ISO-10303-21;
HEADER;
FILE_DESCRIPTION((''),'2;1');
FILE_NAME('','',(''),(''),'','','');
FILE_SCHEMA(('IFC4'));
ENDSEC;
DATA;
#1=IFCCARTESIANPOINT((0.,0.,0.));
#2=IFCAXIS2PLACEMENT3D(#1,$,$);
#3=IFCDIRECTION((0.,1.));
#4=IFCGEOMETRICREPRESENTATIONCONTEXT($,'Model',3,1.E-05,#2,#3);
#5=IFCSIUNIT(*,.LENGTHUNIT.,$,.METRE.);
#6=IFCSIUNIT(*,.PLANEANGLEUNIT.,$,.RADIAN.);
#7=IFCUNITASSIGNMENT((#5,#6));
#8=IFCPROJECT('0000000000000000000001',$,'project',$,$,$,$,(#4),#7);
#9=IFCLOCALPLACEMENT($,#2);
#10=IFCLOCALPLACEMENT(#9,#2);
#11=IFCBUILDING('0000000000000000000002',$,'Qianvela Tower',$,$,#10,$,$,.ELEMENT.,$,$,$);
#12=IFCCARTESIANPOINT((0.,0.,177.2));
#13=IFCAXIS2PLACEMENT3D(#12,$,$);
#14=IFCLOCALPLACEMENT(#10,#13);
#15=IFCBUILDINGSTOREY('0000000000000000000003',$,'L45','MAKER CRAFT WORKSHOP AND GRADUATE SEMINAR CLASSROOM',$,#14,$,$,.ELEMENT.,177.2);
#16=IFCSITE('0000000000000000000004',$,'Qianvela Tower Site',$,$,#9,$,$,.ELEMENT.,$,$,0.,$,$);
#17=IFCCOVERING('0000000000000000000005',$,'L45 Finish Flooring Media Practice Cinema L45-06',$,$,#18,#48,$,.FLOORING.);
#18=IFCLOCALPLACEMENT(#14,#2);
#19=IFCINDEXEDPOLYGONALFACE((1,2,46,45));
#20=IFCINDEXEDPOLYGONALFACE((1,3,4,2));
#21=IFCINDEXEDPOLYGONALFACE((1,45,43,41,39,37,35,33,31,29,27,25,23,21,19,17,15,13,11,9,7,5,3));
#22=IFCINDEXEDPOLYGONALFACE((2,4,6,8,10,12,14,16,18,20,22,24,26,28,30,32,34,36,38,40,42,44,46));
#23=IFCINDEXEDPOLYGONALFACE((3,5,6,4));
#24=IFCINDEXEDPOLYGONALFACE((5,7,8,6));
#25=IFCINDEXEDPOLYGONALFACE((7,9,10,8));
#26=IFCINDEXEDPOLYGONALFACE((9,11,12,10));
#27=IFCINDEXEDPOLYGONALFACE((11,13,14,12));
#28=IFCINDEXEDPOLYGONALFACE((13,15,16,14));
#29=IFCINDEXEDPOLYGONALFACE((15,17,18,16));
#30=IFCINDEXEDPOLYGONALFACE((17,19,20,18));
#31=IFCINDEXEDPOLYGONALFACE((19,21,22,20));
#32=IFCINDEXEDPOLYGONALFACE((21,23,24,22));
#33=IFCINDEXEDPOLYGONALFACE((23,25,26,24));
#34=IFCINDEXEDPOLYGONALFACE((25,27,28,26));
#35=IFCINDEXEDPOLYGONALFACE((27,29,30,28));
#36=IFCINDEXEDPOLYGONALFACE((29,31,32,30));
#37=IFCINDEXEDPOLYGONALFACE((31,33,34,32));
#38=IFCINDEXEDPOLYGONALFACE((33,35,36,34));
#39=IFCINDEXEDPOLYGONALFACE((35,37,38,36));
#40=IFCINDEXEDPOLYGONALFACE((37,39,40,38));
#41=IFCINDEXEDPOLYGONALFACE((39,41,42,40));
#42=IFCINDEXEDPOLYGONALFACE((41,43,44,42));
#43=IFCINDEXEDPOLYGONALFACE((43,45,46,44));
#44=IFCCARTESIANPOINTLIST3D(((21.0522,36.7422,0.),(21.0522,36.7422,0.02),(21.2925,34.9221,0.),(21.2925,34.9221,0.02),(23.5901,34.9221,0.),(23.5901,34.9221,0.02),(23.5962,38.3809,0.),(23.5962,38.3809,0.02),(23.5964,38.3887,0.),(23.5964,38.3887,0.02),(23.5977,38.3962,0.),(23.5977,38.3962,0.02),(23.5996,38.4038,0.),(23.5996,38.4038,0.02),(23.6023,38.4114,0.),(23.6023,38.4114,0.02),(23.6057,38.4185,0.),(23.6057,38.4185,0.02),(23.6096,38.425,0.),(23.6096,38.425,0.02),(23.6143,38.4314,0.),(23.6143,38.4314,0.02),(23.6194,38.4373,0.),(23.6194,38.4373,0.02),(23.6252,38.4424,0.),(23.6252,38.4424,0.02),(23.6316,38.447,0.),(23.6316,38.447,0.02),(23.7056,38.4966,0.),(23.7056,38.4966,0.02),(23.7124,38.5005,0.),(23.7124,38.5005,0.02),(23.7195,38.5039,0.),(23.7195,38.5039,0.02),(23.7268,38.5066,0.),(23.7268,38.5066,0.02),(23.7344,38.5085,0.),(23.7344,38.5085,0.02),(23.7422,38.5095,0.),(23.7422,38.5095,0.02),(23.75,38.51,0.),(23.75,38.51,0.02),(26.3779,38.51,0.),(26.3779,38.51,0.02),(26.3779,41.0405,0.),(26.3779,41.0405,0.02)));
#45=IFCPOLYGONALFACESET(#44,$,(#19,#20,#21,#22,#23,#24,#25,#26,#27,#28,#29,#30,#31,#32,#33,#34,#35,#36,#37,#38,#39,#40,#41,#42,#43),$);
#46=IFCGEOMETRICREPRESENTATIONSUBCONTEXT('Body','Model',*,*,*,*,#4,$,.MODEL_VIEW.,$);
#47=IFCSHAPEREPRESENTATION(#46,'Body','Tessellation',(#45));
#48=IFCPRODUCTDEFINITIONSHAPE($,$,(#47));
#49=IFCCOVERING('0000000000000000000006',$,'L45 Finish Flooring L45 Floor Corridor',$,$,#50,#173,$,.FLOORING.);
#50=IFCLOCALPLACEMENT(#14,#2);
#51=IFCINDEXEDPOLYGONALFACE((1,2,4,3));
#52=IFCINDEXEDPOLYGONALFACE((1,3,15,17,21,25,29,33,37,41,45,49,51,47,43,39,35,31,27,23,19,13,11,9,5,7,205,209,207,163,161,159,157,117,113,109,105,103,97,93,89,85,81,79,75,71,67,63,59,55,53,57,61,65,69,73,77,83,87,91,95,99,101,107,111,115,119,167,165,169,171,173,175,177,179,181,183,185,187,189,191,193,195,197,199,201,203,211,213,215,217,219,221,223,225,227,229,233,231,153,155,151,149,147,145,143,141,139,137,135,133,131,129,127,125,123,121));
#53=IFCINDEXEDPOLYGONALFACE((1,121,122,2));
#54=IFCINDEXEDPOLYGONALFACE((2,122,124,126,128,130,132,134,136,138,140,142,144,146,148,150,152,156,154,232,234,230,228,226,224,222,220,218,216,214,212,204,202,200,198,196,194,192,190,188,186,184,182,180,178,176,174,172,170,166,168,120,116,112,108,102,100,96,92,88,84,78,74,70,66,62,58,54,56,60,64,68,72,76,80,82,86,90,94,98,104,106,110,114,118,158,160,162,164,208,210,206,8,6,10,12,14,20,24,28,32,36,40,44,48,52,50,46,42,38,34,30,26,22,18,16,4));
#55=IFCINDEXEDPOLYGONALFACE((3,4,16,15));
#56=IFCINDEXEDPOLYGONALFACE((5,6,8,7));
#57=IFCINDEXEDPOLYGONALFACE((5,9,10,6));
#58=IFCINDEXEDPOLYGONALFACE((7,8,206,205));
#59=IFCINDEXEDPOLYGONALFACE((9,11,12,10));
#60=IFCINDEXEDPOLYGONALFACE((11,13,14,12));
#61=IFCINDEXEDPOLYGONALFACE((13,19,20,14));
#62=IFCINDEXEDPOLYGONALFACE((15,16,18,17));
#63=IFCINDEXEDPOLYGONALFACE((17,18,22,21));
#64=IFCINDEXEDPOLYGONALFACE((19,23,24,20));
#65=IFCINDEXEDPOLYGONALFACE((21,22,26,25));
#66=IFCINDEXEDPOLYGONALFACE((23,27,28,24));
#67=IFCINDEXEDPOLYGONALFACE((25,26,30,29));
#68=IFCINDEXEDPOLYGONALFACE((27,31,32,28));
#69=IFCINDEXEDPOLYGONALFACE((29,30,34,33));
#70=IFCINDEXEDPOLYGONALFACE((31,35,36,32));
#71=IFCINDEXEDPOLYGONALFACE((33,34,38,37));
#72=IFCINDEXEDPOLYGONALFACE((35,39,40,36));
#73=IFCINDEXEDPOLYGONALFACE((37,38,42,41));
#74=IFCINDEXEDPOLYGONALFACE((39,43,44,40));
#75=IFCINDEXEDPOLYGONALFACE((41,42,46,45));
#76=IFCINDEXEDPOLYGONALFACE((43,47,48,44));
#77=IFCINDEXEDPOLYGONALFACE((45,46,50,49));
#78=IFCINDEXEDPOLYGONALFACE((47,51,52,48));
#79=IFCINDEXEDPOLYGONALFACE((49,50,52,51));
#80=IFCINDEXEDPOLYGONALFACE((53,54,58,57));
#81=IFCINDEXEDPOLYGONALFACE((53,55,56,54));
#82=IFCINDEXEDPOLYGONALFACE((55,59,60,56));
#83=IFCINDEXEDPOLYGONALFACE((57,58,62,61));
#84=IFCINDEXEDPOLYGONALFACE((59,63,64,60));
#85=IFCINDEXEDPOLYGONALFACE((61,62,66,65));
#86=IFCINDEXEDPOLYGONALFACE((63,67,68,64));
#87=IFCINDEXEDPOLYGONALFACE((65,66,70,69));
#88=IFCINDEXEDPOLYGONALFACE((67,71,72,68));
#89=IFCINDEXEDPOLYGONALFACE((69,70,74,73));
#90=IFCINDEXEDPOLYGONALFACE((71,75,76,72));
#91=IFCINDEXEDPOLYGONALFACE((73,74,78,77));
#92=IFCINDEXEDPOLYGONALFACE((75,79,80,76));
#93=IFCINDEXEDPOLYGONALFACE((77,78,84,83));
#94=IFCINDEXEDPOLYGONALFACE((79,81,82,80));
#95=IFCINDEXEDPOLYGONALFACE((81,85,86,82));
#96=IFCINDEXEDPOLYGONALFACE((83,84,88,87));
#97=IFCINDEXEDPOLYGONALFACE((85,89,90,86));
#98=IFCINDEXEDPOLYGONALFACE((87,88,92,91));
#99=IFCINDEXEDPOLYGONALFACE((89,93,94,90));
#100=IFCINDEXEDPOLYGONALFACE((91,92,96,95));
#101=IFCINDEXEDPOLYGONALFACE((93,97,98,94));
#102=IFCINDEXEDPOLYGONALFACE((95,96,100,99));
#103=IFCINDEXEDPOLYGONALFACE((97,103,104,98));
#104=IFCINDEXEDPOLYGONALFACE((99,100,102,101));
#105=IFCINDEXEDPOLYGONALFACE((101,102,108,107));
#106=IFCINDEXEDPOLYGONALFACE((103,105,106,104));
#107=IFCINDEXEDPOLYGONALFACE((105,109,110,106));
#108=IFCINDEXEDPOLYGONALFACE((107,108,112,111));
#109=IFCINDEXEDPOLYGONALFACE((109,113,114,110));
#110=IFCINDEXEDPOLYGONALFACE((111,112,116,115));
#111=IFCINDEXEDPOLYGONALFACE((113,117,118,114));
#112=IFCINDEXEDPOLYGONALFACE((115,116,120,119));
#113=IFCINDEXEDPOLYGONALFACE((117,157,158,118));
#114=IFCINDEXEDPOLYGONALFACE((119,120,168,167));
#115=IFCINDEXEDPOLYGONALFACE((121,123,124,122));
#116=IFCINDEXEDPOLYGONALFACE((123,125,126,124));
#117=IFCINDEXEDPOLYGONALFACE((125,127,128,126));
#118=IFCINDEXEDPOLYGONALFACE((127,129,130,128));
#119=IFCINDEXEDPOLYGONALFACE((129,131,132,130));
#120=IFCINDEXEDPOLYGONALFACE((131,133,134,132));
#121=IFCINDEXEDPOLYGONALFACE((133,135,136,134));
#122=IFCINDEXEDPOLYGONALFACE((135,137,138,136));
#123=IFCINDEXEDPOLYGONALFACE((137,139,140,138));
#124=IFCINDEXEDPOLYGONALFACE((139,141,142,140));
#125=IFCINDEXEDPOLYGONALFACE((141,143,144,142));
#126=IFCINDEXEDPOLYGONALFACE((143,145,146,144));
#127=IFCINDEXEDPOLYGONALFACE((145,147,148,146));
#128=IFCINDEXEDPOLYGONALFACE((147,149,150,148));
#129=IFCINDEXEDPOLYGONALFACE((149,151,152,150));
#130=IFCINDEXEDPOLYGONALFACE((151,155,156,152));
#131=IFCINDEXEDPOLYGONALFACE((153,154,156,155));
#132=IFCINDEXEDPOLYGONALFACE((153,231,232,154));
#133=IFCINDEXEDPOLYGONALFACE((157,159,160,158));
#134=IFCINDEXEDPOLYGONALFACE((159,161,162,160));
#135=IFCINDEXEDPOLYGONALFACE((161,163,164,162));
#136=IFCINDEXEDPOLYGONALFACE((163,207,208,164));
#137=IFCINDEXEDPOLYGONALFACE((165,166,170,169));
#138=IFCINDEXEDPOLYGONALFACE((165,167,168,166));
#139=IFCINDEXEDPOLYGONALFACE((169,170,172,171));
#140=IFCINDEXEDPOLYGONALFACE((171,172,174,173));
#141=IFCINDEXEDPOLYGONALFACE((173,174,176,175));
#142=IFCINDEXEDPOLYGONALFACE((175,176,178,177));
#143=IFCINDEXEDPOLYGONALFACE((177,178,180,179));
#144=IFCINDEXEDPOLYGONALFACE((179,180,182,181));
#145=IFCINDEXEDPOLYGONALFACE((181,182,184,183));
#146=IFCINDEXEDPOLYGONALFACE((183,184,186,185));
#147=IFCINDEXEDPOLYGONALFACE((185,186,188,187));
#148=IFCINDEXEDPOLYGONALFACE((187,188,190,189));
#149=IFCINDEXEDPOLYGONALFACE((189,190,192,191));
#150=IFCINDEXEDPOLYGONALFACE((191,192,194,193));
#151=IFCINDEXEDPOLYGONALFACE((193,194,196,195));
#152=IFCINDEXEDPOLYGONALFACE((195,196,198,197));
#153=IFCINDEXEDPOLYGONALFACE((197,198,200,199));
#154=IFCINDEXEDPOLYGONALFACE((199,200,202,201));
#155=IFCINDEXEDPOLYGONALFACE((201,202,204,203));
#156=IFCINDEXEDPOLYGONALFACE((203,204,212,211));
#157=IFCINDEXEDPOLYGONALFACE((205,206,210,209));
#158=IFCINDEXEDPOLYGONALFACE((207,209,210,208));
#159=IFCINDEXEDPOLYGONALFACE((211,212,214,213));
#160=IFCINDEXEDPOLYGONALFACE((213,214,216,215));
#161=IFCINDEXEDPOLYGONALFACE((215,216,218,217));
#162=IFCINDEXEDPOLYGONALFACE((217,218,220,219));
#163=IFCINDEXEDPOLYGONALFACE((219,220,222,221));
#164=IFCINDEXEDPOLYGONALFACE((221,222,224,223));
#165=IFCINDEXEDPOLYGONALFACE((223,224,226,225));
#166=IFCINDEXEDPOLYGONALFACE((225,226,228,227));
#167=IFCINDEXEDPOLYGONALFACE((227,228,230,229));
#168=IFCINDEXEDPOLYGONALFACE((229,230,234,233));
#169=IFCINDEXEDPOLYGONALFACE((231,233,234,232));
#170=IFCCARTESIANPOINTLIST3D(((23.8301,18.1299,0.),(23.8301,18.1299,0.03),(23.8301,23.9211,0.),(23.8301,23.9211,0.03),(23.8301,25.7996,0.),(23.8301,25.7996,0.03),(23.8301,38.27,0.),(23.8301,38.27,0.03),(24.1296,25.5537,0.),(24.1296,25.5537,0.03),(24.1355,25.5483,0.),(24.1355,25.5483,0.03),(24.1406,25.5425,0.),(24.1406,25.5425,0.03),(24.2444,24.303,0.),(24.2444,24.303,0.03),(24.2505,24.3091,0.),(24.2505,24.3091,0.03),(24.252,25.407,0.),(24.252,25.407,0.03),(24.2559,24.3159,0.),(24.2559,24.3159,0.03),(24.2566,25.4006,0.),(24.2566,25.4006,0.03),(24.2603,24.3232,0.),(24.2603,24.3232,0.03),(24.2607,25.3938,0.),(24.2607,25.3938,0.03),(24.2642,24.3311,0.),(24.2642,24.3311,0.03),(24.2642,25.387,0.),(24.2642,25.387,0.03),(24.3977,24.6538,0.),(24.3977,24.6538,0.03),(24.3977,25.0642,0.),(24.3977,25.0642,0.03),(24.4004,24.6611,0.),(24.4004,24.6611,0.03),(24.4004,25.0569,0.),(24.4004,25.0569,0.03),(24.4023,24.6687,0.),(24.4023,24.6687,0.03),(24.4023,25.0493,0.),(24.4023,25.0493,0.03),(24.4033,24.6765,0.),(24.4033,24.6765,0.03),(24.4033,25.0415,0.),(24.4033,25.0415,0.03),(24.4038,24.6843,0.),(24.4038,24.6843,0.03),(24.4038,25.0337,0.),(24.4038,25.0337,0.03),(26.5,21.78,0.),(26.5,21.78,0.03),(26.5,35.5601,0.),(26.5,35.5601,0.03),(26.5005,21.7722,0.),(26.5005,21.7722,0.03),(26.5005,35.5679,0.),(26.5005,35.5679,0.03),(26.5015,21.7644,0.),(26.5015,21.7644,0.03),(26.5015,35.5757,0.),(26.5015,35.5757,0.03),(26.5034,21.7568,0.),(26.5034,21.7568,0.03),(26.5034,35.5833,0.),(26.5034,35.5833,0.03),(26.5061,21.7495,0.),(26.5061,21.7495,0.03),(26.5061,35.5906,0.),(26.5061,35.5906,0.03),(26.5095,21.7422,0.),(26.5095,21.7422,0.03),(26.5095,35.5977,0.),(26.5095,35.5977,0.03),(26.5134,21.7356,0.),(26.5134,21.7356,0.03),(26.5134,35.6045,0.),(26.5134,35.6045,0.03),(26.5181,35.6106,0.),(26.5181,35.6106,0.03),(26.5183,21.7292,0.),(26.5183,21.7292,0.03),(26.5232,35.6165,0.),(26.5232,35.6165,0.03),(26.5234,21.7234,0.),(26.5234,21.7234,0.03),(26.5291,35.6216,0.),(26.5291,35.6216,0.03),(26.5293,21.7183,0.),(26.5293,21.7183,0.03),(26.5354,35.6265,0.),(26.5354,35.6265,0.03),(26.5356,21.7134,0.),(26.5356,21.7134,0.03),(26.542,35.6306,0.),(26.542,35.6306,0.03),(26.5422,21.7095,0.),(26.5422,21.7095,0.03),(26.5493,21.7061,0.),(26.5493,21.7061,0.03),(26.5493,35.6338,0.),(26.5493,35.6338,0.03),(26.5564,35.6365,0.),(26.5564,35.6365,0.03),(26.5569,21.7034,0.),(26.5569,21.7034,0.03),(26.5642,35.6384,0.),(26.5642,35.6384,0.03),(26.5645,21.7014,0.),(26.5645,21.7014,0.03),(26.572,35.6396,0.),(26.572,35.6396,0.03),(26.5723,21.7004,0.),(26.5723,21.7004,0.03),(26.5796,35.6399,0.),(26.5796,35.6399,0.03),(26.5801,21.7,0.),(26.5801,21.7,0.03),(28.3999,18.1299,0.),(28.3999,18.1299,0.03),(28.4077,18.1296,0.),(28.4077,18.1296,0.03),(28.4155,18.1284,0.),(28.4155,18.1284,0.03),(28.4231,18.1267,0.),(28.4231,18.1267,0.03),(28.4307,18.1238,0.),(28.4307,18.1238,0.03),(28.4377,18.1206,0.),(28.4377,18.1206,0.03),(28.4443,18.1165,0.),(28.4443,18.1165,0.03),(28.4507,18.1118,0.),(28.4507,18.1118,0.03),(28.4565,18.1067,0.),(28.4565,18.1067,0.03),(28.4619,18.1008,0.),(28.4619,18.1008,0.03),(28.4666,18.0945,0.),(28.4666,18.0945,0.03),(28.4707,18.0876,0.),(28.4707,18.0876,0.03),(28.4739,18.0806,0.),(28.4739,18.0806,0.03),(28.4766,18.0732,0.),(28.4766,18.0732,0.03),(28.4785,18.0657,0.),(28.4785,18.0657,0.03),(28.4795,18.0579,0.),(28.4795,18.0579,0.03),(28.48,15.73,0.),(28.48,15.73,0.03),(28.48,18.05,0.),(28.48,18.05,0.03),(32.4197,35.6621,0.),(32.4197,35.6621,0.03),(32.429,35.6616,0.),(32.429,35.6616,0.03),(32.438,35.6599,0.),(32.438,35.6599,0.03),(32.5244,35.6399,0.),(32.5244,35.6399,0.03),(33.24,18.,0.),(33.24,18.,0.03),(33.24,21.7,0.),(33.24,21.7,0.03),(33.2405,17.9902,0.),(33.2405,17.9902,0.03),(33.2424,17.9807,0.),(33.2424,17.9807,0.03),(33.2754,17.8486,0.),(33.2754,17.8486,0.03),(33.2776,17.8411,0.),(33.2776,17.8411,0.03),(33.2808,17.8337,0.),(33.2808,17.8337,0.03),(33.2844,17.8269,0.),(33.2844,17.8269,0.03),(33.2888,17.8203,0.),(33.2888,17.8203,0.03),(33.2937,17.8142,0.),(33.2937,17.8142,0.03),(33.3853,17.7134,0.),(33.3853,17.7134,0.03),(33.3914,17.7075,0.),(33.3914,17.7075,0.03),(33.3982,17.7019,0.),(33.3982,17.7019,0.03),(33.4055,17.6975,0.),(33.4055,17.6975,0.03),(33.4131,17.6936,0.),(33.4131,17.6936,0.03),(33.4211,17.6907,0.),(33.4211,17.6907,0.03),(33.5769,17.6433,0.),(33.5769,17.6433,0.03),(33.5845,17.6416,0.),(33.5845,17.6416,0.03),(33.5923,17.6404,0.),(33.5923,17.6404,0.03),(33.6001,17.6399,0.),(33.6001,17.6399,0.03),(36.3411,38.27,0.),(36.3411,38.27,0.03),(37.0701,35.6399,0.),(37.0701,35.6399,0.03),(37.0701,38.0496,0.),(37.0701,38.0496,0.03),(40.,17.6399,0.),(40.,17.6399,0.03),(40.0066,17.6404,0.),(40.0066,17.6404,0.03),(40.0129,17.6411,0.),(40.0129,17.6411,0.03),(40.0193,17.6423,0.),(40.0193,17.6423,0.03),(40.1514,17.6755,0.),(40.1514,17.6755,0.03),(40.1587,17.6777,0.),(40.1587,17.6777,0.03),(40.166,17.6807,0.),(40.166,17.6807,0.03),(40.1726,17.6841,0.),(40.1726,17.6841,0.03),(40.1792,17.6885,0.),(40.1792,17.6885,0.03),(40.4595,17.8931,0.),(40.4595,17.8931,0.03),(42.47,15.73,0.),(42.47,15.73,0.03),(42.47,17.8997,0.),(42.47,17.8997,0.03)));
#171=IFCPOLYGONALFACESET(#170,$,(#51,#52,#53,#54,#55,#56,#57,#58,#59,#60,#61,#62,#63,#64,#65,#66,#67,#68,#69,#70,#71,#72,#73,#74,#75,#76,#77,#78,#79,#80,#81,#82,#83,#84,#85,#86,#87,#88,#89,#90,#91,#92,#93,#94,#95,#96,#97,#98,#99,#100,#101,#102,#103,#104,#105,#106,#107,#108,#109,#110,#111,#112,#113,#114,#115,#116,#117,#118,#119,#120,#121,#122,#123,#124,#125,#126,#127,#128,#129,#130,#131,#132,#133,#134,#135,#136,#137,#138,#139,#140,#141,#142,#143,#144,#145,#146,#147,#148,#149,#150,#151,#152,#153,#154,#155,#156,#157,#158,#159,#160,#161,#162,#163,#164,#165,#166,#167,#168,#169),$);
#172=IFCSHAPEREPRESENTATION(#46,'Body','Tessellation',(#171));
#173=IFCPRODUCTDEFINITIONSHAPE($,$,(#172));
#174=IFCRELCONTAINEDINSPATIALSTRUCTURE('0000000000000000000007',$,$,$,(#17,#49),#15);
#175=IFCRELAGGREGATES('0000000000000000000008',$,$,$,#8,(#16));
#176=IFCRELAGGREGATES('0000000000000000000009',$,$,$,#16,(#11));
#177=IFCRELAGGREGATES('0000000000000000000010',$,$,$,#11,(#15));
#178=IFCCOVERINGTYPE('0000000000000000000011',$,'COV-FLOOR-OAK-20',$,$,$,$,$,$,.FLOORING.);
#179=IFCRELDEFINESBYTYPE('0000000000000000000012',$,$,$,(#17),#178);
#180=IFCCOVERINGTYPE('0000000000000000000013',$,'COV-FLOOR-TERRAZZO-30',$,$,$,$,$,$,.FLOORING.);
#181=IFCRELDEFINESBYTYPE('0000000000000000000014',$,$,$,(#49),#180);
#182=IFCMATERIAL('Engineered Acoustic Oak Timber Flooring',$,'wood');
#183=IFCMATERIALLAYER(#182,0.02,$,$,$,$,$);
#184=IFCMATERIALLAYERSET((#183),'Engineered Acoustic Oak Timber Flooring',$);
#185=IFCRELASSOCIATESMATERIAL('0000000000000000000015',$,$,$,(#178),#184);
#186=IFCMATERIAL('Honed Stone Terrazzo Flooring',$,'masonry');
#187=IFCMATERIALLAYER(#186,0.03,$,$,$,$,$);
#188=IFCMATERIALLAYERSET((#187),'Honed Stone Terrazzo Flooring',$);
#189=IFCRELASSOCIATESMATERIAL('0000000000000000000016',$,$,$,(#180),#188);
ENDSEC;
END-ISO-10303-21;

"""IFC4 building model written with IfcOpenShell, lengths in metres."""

from ifc_helpers import new_model, si_unit, direction, frame, origin, place, context, subcontext, project, spatial, polyline, outline, extrude, material, layer, layer_set, type_object, element, save


model = new_model("IFC4")

# Units and contexts
model_context = context("Model", 3, precision=1e-05, world=origin(), true_north=direction((0.0, 1.0)))
body_context = subcontext(model_context, "Body", "Model", "MODEL_VIEW")
ifc_project = project(units=[si_unit("LENGTHUNIT", "METRE"), si_unit("PLANEANGLEUNIT", "RADIAN")], contexts=[model_context])

# Site, building, storey
site_placement = place(None, origin())
site = spatial("IfcSite", under=ifc_project, at=site_placement, Name="Qianvela Tower Site", CompositionType="ELEMENT", RefElevation=0.0)
building_placement = place(site_placement, origin())
building = spatial("IfcBuilding", under=site, at=building_placement, Name="Qianvela Tower", CompositionType="ELEMENT")
storey_placement = place(building_placement, frame((0.0, 0.0, 177.2)))
storey = spatial("IfcBuildingStorey", under=building, at=storey_placement, Name="L45", Description="MAKER CRAFT WORKSHOP AND GRADUATE SEMINAR CLASSROOM", CompositionType="ELEMENT", Elevation=177.2)

# Coverings
ifc_material_1 = material(Name="Engineered Acoustic Oak Timber Flooring", Category="wood")
ifc_layer_1 = layer(ifc_material_1, 0.02)
ifc_layer_set_1 = layer_set([ifc_layer_1], Name="Engineered Acoustic Oak Timber Flooring")
covering_type_1 = type_object("IfcCoveringType", Name="COV-FLOOR-OAK-20", PredefinedType="FLOORING", material=ifc_layer_set_1)
covering_1_placement = place(storey_placement, origin())
element("IfcCovering", 1, at=covering_1_placement, inside=storey, type_object=covering_type_1, Name="L45 Finish Flooring Media Practice Cinema L45-06", PredefinedType="FLOORING", context=body_context, shape_type="SweptSolid", body=[
    extrude(outline(polyline([(26.3779, 41.0405), (26.3779, 38.51), (23.75, 38.51), (23.7422, 38.5095), (23.7344, 38.5085), (23.7268, 38.5066), (23.7195, 38.5039), (23.7124, 38.5005), (23.7056, 38.4966), (23.6316, 38.447), (23.6252, 38.4424), (23.6194, 38.4373), (23.6143, 38.4314), (23.6096, 38.425), (23.6057, 38.4185), (23.6023, 38.4114), (23.5996, 38.4038), (23.5977, 38.3962), (23.5964, 38.3887), (23.5962, 38.3809), (23.5901, 34.9221), (21.2925, 34.9221), (21.0522, 36.7422), (26.3779, 41.0405)])), origin(), (0.0, 0.0, 1.0), 0.02),
])
ifc_material_2 = material(Name="Honed Stone Terrazzo Flooring", Category="masonry")
ifc_layer_2 = layer(ifc_material_2, 0.03)
ifc_layer_set_2 = layer_set([ifc_layer_2], Name="Honed Stone Terrazzo Flooring")
covering_type_2 = type_object("IfcCoveringType", Name="COV-FLOOR-TERRAZZO-30", PredefinedType="FLOORING", material=ifc_layer_set_2)
covering_2_placement = place(storey_placement, origin())
element("IfcCovering", 2, at=covering_2_placement, inside=storey, type_object=covering_type_2, Name="L45 Finish Flooring L45 Floor Corridor", PredefinedType="FLOORING", context=body_context, shape_type="SweptSolid", body=[
    extrude(outline(polyline([(24.4038, 25.0337), (24.4033, 25.0415), (24.4023, 25.0493), (24.4004, 25.0569), (24.3977, 25.0642), (24.2642, 25.387), (24.2607, 25.3938), (24.2566, 25.4006), (24.252, 25.407), (24.1406, 25.5425), (24.1355, 25.5483), (24.1296, 25.5537), (23.8301, 25.7996), (23.8301, 38.27), (36.3411, 38.27), (37.0701, 38.0496), (37.0701, 35.6399), (32.5244, 35.6399), (32.438, 35.6599), (32.429, 35.6616), (32.4197, 35.6621), (26.5796, 35.6399), (26.572, 35.6396), (26.5642, 35.6384), (26.5564, 35.6365), (26.5493, 35.6338), (26.542, 35.6306), (26.5354, 35.6265), (26.5291, 35.6216), (26.5232, 35.6165), (26.5181, 35.6106), (26.5134, 35.6045), (26.5095, 35.5977), (26.5061, 35.5906), (26.5034, 35.5833), (26.5015, 35.5757), (26.5005, 35.5679), (26.5, 35.5601), (26.5, 21.78), (26.5005, 21.7722), (26.5015, 21.7644), (26.5034, 21.7568), (26.5061, 21.7495), (26.5095, 21.7422), (26.5134, 21.7356), (26.5183, 21.7292), (26.5234, 21.7234), (26.5293, 21.7183), (26.5356, 21.7134), (26.5422, 21.7095), (26.5493, 21.7061), (26.5569, 21.7034), (26.5645, 21.7014), (26.5723, 21.7004), (26.5801, 21.7), (33.24, 21.7), (33.24, 18.0), (33.2405, 17.9902), (33.2424, 17.9807), (33.2754, 17.8486), (33.2776, 17.8411), (33.2808, 17.8337), (33.2844, 17.8269), (33.2888, 17.8203), (33.2937, 17.8142), (33.3853, 17.7134), (33.3914, 17.7075), (33.3982, 17.7019), (33.4055, 17.6975), (33.4131, 17.6936), (33.4211, 17.6907), (33.5769, 17.6433), (33.5845, 17.6416), (33.5923, 17.6404), (33.6001, 17.6399), (40.0, 17.6399), (40.0066, 17.6404), (40.0129, 17.6411), (40.0193, 17.6423), (40.1514, 17.6755), (40.1587, 17.6777), (40.166, 17.6807), (40.1726, 17.6841), (40.1792, 17.6885), (40.4595, 17.8931), (42.47, 17.8997), (42.47, 15.73), (28.48, 15.73), (28.48, 18.05), (28.4795, 18.0579), (28.4785, 18.0657), (28.4766, 18.0732), (28.4739, 18.0806), (28.4707, 18.0876), (28.4666, 18.0945), (28.4619, 18.1008), (28.4565, 18.1067), (28.4507, 18.1118), (28.4443, 18.1165), (28.4377, 18.1206), (28.4307, 18.1238), (28.4231, 18.1267), (28.4155, 18.1284), (28.4077, 18.1296), (28.3999, 18.1299), (23.8301, 18.1299), (23.8301, 23.9211), (24.2444, 24.303), (24.2505, 24.3091), (24.2559, 24.3159), (24.2603, 24.3232), (24.2642, 24.3311), (24.3977, 24.6538), (24.4004, 24.6611), (24.4023, 24.6687), (24.4033, 24.6765), (24.4038, 24.6843), (24.4038, 25.0337)])), origin(), (0.0, 0.0, 1.0), 0.03),
])

save(model, "model.ifc")
